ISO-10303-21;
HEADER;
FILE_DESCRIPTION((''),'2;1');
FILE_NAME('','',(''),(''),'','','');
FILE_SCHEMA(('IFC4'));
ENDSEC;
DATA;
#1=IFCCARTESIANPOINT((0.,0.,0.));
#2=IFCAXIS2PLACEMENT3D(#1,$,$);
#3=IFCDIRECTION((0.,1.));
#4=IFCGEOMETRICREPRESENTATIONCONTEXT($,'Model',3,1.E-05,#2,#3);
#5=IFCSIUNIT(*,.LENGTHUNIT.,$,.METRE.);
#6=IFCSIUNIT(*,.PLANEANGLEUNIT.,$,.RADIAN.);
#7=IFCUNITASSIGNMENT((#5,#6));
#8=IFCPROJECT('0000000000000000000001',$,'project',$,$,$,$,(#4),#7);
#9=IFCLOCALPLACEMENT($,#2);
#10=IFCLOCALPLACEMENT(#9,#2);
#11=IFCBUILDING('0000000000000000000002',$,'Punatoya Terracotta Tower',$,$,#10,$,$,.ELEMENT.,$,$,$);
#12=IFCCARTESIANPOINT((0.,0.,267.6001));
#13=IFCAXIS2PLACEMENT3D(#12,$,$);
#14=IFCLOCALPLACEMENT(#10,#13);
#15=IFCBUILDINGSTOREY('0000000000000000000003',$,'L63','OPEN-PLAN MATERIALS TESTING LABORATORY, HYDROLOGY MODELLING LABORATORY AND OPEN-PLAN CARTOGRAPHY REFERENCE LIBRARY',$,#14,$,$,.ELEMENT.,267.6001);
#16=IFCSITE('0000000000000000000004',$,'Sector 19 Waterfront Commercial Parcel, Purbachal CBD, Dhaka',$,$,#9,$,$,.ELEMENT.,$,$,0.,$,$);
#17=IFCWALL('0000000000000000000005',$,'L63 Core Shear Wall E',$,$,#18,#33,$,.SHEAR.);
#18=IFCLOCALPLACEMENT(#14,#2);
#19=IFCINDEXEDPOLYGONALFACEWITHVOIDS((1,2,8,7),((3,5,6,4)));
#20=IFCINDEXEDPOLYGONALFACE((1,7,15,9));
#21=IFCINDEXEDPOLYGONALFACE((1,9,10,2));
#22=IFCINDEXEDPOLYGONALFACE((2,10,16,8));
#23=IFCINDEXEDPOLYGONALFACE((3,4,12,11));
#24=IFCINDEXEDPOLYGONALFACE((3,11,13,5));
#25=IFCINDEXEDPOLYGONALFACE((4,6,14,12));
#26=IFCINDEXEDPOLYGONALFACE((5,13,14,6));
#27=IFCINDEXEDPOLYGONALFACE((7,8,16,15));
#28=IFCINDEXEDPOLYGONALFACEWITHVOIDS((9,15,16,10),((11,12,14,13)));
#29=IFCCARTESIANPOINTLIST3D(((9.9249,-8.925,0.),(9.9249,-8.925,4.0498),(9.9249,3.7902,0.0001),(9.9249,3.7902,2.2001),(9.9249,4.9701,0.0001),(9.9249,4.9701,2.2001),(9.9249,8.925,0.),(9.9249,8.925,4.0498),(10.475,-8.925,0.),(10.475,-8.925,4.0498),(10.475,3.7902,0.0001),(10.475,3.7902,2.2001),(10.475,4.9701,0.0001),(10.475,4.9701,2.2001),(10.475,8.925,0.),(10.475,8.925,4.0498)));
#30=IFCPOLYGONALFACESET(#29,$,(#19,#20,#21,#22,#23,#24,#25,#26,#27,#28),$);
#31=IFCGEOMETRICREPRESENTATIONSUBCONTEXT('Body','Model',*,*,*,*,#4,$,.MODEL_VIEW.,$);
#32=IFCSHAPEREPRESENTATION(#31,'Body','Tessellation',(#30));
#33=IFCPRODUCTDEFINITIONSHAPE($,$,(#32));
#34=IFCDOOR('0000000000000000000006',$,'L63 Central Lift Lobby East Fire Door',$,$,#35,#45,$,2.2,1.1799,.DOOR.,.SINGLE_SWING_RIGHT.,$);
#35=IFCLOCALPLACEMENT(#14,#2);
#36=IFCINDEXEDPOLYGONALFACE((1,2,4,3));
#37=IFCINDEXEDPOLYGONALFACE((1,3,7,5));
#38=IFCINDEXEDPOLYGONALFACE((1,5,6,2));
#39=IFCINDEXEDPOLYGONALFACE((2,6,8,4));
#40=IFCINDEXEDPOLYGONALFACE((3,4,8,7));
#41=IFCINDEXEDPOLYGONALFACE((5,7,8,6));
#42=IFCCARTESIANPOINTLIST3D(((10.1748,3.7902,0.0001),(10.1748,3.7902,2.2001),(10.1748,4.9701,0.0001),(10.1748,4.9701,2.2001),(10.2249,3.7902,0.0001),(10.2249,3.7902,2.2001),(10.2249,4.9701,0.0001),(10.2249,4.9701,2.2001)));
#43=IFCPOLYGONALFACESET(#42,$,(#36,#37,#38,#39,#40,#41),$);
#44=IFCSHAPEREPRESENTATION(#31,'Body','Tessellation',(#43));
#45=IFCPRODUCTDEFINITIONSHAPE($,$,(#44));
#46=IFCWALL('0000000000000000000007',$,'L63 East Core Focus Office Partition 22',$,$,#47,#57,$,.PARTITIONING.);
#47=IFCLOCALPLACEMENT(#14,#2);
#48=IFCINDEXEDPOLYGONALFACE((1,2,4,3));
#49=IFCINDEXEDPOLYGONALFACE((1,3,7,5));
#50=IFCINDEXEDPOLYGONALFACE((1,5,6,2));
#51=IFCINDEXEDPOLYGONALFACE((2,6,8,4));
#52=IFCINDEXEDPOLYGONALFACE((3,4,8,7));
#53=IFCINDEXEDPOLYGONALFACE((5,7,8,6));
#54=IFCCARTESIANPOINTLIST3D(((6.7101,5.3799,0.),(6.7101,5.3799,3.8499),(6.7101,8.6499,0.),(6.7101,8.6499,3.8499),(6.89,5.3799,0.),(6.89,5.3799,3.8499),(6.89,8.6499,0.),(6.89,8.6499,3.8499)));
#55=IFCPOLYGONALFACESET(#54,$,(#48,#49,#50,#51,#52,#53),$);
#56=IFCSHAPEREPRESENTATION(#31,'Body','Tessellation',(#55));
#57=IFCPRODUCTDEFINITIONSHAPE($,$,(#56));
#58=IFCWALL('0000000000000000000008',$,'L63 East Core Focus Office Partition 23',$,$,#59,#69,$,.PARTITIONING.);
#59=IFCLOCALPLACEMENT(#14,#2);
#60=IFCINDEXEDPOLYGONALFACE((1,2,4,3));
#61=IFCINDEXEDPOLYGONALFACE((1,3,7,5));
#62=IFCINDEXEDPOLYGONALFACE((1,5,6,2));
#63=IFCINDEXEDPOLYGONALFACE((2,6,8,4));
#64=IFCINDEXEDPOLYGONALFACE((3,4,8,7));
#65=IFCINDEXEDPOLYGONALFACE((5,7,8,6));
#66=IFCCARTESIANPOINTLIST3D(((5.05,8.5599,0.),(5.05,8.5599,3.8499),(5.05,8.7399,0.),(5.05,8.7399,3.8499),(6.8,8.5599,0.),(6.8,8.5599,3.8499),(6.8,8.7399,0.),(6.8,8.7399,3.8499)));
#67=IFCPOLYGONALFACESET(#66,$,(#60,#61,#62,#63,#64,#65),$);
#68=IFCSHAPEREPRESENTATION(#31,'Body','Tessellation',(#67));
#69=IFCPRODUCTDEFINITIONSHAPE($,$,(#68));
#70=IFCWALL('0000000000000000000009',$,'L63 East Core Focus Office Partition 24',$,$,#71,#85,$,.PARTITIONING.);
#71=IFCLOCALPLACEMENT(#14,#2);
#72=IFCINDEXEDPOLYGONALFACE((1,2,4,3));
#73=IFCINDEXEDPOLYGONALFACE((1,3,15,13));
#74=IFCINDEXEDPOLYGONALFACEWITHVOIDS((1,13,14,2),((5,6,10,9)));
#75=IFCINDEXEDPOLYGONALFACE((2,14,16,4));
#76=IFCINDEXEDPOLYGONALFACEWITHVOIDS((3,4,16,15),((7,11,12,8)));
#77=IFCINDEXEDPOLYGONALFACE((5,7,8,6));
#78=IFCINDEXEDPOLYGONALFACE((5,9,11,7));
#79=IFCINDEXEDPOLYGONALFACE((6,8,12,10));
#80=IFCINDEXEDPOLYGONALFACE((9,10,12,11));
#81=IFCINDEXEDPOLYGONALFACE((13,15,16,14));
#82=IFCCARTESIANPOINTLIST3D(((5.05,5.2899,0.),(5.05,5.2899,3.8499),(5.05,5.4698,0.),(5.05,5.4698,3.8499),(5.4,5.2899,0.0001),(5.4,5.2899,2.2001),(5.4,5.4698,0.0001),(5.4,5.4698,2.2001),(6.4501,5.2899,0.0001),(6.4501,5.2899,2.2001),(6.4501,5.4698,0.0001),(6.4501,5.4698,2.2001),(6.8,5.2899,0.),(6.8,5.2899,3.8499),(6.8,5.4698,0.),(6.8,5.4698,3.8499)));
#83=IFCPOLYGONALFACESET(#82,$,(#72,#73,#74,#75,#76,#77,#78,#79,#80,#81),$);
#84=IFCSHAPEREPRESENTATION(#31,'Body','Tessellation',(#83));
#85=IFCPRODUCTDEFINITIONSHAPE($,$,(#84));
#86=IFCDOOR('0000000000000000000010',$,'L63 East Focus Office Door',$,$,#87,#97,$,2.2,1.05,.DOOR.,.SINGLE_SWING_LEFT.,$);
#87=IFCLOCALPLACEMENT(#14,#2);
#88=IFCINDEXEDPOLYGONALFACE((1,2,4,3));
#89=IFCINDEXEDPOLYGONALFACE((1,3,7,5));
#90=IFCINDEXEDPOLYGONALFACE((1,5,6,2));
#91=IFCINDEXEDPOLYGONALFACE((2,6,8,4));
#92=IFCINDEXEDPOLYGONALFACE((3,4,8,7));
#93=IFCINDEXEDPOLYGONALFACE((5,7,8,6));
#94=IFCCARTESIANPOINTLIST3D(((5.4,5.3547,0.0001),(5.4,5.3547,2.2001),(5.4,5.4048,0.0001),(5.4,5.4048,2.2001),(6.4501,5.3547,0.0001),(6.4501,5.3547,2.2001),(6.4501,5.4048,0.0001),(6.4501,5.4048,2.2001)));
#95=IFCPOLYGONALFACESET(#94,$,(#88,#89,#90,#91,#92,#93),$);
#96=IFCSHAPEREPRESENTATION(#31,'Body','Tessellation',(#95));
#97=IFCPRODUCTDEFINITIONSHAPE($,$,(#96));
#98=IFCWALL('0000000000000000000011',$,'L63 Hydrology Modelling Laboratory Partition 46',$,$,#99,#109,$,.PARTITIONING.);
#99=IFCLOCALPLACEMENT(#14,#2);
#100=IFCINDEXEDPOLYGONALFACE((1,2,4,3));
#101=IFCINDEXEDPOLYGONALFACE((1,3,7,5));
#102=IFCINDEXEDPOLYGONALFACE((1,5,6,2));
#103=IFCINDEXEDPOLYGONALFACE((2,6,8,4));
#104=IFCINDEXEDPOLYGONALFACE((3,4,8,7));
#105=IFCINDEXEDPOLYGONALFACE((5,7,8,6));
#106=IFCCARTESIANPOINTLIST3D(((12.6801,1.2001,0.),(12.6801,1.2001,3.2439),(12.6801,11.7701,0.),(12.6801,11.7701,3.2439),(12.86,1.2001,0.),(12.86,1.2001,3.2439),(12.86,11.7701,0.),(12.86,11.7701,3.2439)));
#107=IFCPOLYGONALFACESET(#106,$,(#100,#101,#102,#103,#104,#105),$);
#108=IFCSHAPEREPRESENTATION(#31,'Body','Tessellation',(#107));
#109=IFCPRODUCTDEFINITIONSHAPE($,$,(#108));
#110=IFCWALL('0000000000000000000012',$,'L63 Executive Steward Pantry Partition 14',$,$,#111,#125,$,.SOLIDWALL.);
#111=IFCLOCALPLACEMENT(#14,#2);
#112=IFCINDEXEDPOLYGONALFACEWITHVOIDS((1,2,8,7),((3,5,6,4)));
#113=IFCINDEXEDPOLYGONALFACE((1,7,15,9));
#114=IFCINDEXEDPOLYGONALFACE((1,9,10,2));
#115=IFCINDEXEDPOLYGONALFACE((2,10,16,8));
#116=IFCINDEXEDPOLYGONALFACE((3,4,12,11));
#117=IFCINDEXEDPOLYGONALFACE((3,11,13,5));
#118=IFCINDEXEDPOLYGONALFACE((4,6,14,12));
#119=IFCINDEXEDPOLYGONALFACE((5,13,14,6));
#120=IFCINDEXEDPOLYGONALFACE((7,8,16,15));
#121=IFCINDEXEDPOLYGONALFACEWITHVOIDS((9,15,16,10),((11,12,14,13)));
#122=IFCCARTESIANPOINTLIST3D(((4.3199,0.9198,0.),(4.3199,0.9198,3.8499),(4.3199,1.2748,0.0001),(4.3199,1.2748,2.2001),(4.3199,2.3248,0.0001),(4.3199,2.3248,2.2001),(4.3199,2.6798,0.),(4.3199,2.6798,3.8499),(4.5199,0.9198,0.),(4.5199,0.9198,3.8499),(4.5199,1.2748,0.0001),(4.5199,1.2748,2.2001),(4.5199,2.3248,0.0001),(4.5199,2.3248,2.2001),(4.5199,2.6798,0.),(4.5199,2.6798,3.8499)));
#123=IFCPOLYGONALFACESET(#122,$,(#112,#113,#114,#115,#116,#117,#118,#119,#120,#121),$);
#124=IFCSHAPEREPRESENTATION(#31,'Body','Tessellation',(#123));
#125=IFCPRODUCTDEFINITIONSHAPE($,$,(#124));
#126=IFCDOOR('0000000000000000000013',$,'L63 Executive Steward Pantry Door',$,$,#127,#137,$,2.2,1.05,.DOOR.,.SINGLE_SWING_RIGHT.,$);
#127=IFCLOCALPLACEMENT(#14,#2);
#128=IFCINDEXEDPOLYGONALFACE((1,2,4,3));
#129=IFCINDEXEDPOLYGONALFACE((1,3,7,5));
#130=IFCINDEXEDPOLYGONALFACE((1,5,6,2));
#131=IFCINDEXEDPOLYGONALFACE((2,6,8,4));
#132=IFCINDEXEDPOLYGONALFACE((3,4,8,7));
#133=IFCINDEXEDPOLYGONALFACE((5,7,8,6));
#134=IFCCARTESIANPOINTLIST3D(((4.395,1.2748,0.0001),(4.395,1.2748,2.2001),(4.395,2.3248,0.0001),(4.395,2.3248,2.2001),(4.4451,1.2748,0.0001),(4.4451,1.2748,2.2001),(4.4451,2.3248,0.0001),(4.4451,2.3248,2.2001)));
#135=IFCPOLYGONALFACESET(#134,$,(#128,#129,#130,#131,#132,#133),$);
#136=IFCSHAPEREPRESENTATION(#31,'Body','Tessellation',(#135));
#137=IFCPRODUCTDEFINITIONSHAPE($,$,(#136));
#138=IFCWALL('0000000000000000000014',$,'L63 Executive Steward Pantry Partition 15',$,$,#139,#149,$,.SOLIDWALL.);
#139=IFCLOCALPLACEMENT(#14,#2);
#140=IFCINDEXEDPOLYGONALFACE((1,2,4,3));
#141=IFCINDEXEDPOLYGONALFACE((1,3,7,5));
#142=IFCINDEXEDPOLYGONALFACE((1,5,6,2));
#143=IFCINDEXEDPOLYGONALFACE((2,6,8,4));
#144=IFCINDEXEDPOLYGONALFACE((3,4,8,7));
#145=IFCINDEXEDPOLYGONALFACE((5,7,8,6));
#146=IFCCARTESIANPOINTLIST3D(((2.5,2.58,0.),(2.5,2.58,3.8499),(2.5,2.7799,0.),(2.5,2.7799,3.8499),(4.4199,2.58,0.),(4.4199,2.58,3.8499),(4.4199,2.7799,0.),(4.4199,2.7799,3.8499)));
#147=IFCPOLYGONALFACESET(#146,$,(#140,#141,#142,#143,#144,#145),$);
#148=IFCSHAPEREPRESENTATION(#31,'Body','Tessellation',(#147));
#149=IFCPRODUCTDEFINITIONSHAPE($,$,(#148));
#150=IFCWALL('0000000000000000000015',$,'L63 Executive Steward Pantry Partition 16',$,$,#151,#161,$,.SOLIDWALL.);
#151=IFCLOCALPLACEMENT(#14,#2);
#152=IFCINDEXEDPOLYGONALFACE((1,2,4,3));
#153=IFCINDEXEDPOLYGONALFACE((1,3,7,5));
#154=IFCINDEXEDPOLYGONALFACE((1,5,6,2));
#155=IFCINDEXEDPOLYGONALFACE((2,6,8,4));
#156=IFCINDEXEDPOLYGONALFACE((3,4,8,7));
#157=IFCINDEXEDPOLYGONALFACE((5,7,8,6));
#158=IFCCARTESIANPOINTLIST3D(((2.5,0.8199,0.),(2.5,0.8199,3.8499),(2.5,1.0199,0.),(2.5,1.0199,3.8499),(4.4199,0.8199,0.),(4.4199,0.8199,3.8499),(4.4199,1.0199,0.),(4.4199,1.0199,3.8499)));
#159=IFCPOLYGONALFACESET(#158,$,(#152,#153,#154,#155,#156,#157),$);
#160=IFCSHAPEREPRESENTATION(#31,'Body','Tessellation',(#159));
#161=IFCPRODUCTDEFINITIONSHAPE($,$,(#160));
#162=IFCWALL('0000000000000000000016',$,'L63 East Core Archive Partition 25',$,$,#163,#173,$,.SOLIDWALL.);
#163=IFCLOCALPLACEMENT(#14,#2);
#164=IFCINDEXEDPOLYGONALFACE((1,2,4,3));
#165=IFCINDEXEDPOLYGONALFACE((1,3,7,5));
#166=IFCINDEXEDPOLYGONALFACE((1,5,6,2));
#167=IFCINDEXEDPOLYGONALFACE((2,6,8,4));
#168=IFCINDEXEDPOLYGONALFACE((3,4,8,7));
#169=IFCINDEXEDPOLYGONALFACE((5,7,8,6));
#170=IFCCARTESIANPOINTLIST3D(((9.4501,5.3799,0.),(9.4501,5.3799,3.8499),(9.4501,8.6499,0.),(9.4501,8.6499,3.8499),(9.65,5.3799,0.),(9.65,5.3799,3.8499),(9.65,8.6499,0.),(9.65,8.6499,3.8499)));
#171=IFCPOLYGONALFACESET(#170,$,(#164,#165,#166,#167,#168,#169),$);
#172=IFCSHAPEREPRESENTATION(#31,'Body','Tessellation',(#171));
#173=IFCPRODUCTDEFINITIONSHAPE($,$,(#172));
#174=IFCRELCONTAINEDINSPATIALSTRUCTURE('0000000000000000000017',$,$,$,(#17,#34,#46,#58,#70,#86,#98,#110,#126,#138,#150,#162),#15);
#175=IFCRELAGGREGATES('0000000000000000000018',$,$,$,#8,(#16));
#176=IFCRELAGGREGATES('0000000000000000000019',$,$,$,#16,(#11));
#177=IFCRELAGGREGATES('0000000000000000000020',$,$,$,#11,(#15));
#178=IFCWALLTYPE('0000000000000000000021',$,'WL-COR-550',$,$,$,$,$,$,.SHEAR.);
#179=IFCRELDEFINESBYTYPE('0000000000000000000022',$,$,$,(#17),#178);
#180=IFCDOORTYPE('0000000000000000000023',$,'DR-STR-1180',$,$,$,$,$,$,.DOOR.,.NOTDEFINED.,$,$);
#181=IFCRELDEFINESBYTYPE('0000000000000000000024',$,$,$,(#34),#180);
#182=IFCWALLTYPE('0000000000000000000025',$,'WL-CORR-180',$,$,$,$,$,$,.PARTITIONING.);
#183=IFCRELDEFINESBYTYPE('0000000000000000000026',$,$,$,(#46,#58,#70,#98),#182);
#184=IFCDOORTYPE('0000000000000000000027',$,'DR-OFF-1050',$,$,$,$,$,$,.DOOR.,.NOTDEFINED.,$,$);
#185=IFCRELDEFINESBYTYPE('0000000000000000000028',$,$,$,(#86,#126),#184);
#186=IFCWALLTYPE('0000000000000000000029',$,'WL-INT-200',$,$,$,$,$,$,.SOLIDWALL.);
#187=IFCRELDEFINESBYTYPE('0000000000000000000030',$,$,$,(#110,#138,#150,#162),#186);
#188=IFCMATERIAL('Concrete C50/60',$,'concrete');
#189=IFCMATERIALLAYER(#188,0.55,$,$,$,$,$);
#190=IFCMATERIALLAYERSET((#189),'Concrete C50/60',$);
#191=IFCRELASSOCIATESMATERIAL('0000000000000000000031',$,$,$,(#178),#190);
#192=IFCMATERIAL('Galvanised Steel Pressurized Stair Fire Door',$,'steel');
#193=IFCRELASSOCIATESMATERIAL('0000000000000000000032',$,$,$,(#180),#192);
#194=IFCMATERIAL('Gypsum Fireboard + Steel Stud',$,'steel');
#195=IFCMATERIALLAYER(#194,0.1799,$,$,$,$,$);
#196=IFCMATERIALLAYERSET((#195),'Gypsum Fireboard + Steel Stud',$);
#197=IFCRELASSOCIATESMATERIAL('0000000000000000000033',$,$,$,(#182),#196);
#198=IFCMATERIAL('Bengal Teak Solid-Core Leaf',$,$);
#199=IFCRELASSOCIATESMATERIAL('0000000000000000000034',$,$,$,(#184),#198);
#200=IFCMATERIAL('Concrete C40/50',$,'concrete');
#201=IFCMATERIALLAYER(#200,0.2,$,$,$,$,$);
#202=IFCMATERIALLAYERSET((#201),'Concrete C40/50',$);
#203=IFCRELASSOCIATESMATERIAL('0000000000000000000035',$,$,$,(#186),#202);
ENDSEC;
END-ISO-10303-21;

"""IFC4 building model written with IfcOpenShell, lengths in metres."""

from ifc_helpers import new_model, si_unit, direction, frame, frame_2d, origin, place, context, subcontext, project, spatial, rectangle, extrude, material, layer, layer_set, type_object, element, fill, save


model = new_model("IFC4")

# Units and contexts
model_context = context("Model", 3, precision=1e-05, world=origin(), true_north=direction((0.0, 1.0)))
body_context = subcontext(model_context, "Body", "Model", "MODEL_VIEW")
ifc_project = project(units=[si_unit("LENGTHUNIT", "METRE"), si_unit("PLANEANGLEUNIT", "RADIAN")], contexts=[model_context])

# Site, building, storey
site_placement = place(None, origin())
site = spatial("IfcSite", under=ifc_project, at=site_placement, Name="Sector 19 Waterfront Commercial Parcel, Purbachal CBD, Dhaka", CompositionType="ELEMENT", RefElevation=0.0)
building_placement = place(site_placement, origin())
building = spatial("IfcBuilding", under=site, at=building_placement, Name="Punatoya Terracotta Tower", CompositionType="ELEMENT")
storey_placement = place(building_placement, frame((0.0, 0.0, 267.6001)))
storey = spatial("IfcBuildingStorey", under=building, at=storey_placement, Name="L63", Description="OPEN-PLAN MATERIALS TESTING LABORATORY, HYDROLOGY MODELLING LABORATORY AND OPEN-PLAN CARTOGRAPHY REFERENCE LIBRARY", CompositionType="ELEMENT", Elevation=267.6001)

# Wall, opening, door
ifc_material_1 = material(Name="Concrete C50/60", Category="concrete")
ifc_layer_1 = layer(ifc_material_1, 0.55)
ifc_layer_set_1 = layer_set([ifc_layer_1], Name="Concrete C50/60")
wall_type_1 = type_object("IfcWallType", Name="WL-COR-550", PredefinedType="SHEAR", material=ifc_layer_set_1)
wall_1_placement = place(storey_placement, frame((10.2, 8.925, 0.0), z_axis=(0.0, 0.0, 1.0), x_axis=(0.0, -1.0, 0.0)))
wall_1 = element("IfcWall", 1, at=wall_1_placement, inside=storey, type_object=wall_type_1, Name="L63 Core Shear Wall E", PredefinedType="SHEAR", context=body_context, shape_type="SweptSolid", body=[
    extrude(rectangle(XDim=17.8501, YDim=0.55, at=frame_2d((8.925, 0.0))), origin(), (0.0, 0.0, 1.0), 4.0498),
])
opening_1_placement = place(wall_1_placement, frame((3.9551, 0.0, 0.0)))
opening_1 = element("IfcOpeningElement", 2, at=opening_1_placement, cuts=wall_1, PredefinedType="OPENING", context=body_context, shape_type="SweptSolid", body=[
    extrude(rectangle(XDim=1.1799, YDim=2.2, at=frame_2d((0.5898, 1.1001))), frame((0.0, 0.2849, 0.0), z_axis=(0.0, -1.0, 0.0), x_axis=(1.0, 0.0, 0.0)), (0.0, 0.0, 1.0), 0.5701),
])
ifc_material_2 = material(Name="Galvanised Steel Pressurized Stair Fire Door", Category="steel")
door_type_1 = type_object("IfcDoorType", Name="DR-STR-1180", OperationType="NOTDEFINED", PredefinedType="DOOR", material=ifc_material_2)
door_1_placement = place(opening_1_placement, origin())
door_1 = element("IfcDoor", 3, at=door_1_placement, inside=storey, type_object=door_type_1, Name="L63 Central Lift Lobby East Fire Door", OperationType="SINGLE_SWING_RIGHT", OverallHeight=2.2, OverallWidth=1.1799, PredefinedType="DOOR", context=body_context, shape_type="SweptSolid", body=[
    extrude(rectangle(XDim=1.1799, YDim=2.2, at=frame_2d((0.5898, 1.1001))), frame((0.0, 0.0249, 0.0), z_axis=(0.0, -1.0, 0.0), x_axis=(1.0, 0.0, 0.0)), (0.0, 0.0, 1.0), 0.05),
])
fill(opening_1, door_1)

# Walls
ifc_material_3 = material(Name="Gypsum Fireboard + Steel Stud", Category="steel")
ifc_layer_2 = layer(ifc_material_3, 0.1799)
ifc_layer_set_2 = layer_set([ifc_layer_2], Name="Gypsum Fireboard + Steel Stud")
wall_type_2 = type_object("IfcWallType", Name="WL-CORR-180", PredefinedType="PARTITIONING", material=ifc_layer_set_2)
wall_2_placement = place(storey_placement, frame((6.8, 5.3799, 0.0), z_axis=(0.0, 0.0, 1.0), x_axis=(0.0, 1.0, 0.0)))
element("IfcWall", 4, at=wall_2_placement, inside=storey, type_object=wall_type_2, Name="L63 East Core Focus Office Partition 22", PredefinedType="PARTITIONING", context=body_context, shape_type="SweptSolid", body=[
    extrude(rectangle(XDim=3.27, YDim=0.1799, at=frame_2d((1.635, 0.0))), origin(), (0.0, 0.0, 1.0), 3.8499),
])
wall_3_placement = place(storey_placement, frame((6.8, 8.6499, 0.0), z_axis=(0.0, 0.0, 1.0), x_axis=(-1.0, 0.0, 0.0)))
element("IfcWall", 5, at=wall_3_placement, inside=storey, type_object=wall_type_2, Name="L63 East Core Focus Office Partition 23", PredefinedType="PARTITIONING", context=body_context, shape_type="SweptSolid", body=[
    extrude(rectangle(XDim=1.75, YDim=0.1799, at=frame_2d((0.875, 0.0))), origin(), (0.0, 0.0, 1.0), 3.8499),
])

# Wall, opening, door
wall_4_placement = place(storey_placement, frame((5.05, 5.3799, 0.0), z_axis=(0.0, 0.0, 1.0), x_axis=(1.0, 0.0, 0.0)))
wall_4 = element("IfcWall", 6, at=wall_4_placement, inside=storey, type_object=wall_type_2, Name="L63 East Core Focus Office Partition 24", PredefinedType="PARTITIONING", context=body_context, shape_type="SweptSolid", body=[
    extrude(rectangle(XDim=1.75, YDim=0.1799, at=frame_2d((0.875, 0.0))), origin(), (0.0, 0.0, 1.0), 3.8499),
])
opening_2_placement = place(wall_4_placement, frame((0.3501, 0.0, 0.0)))
opening_2 = element("IfcOpeningElement", 7, at=opening_2_placement, cuts=wall_4, PredefinedType="OPENING", context=body_context, shape_type="SweptSolid", body=[
    extrude(rectangle(XDim=1.05, YDim=2.2, at=frame_2d((0.5249, 1.1001))), frame((0.0, 0.0999, 0.0), z_axis=(0.0, -1.0, 0.0), x_axis=(1.0, 0.0, 0.0)), (0.0, 0.0, 1.0), 0.2),
])
ifc_material_4 = material(Name="Bengal Teak Solid-Core Leaf")
door_type_2 = type_object("IfcDoorType", Name="DR-OFF-1050", OperationType="NOTDEFINED", PredefinedType="DOOR", material=ifc_material_4)
door_2_placement = place(opening_2_placement, origin())
door_2 = element("IfcDoor", 8, at=door_2_placement, inside=storey, type_object=door_type_2, Name="L63 East Focus Office Door", OperationType="SINGLE_SWING_LEFT", OverallHeight=2.2, OverallWidth=1.05, PredefinedType="DOOR", context=body_context, shape_type="SweptSolid", body=[
    extrude(rectangle(XDim=1.05, YDim=2.2, at=frame_2d((0.5249, 1.1001))), frame((0.0, 0.0249, 0.0), z_axis=(0.0, -1.0, 0.0), x_axis=(1.0, 0.0, 0.0)), (0.0, 0.0, 1.0), 0.05),
])
fill(opening_2, door_2)

# Wall
wall_5_placement = place(storey_placement, frame((12.77, 1.2, 0.0), z_axis=(0.0, 0.0, 1.0), x_axis=(0.0, 1.0, 0.0)))
element("IfcWall", 9, at=wall_5_placement, inside=storey, type_object=wall_type_2, Name="L63 Hydrology Modelling Laboratory Partition 46", PredefinedType="PARTITIONING", context=body_context, shape_type="SweptSolid", body=[
    extrude(rectangle(XDim=10.5701, YDim=0.1799, at=frame_2d((5.2852, 0.0))), origin(), (0.0, 0.0, 1.0), 3.2439),
])

# Wall, opening, door
ifc_material_5 = material(Name="Concrete C40/50", Category="concrete")
ifc_layer_3 = layer(ifc_material_5, 0.2)
ifc_layer_set_3 = layer_set([ifc_layer_3], Name="Concrete C40/50")
wall_type_3 = type_object("IfcWallType", Name="WL-INT-200", PredefinedType="SOLIDWALL", material=ifc_layer_set_3)
wall_6_placement = place(storey_placement, frame((4.4199, 0.9199, 0.0), z_axis=(0.0, 0.0, 1.0), x_axis=(0.0, 1.0, 0.0)))
wall_6 = element("IfcWall", 10, at=wall_6_placement, inside=storey, type_object=wall_type_3, Name="L63 Executive Steward Pantry Partition 14", PredefinedType="SOLIDWALL", context=body_context, shape_type="SweptSolid", body=[
    extrude(rectangle(XDim=1.76, YDim=0.2, at=frame_2d((0.8799, 0.0))), origin(), (0.0, 0.0, 1.0), 3.8499),
])
opening_3_placement = place(wall_6_placement, frame((0.355, 0.0, 0.0)))
opening_3 = element("IfcOpeningElement", 11, at=opening_3_placement, cuts=wall_6, PredefinedType="OPENING", context=body_context, shape_type="SweptSolid", body=[
    extrude(rectangle(XDim=1.05, YDim=2.2, at=frame_2d((0.5249, 1.1001))), frame((0.0, 0.1099, 0.0), z_axis=(0.0, -1.0, 0.0), x_axis=(1.0, 0.0, 0.0)), (0.0, 0.0, 1.0), 0.22),
])
door_3_placement = place(opening_3_placement, origin())
door_3 = element("IfcDoor", 12, at=door_3_placement, inside=storey, type_object=door_type_2, Name="L63 Executive Steward Pantry Door", OperationType="SINGLE_SWING_RIGHT", OverallHeight=2.2, OverallWidth=1.05, PredefinedType="DOOR", context=body_context, shape_type="SweptSolid", body=[
    extrude(rectangle(XDim=1.05, YDim=2.2, at=frame_2d((0.5249, 1.1001))), frame((0.0, 0.0249, 0.0), z_axis=(0.0, -1.0, 0.0), x_axis=(1.0, 0.0, 0.0)), (0.0, 0.0, 1.0), 0.05),
])
fill(opening_3, door_3)

# Walls
for number, where, z_axis, x_axis, name in (
    (13, (4.4199, 2.6799, 0.0), (0.0, 0.0, 1.0), (-1.0, 0.0, 0.0), "L63 Executive Steward Pantry Partition 15"),
    (14, (2.5, 0.9199, 0.0), (0.0, 0.0, 1.0), (1.0, 0.0, 0.0), "L63 Executive Steward Pantry Partition 16"),
):
    element("IfcWall", number, at=place(storey_placement, frame(where, z_axis=z_axis, x_axis=x_axis)), inside=storey, type_object=wall_type_3, Name=name, PredefinedType="SOLIDWALL", context=body_context, shape_type="SweptSolid", body=[
        extrude(rectangle(XDim=1.9199, YDim=0.2, at=frame_2d((0.96, 0.0))), origin(), (0.0, 0.0, 1.0), 3.8499),
    ])
wall_7_placement = place(storey_placement, frame((9.55, 5.3799, 0.0), z_axis=(0.0, 0.0, 1.0), x_axis=(0.0, 1.0, 0.0)))
element("IfcWall", 15, at=wall_7_placement, inside=storey, type_object=wall_type_3, Name="L63 East Core Archive Partition 25", PredefinedType="SOLIDWALL", context=body_context, shape_type="SweptSolid", body=[
    extrude(rectangle(XDim=3.27, YDim=0.2, at=frame_2d((1.635, 0.0))), origin(), (0.0, 0.0, 1.0), 3.8499),
])

save(model, "model.ifc")
